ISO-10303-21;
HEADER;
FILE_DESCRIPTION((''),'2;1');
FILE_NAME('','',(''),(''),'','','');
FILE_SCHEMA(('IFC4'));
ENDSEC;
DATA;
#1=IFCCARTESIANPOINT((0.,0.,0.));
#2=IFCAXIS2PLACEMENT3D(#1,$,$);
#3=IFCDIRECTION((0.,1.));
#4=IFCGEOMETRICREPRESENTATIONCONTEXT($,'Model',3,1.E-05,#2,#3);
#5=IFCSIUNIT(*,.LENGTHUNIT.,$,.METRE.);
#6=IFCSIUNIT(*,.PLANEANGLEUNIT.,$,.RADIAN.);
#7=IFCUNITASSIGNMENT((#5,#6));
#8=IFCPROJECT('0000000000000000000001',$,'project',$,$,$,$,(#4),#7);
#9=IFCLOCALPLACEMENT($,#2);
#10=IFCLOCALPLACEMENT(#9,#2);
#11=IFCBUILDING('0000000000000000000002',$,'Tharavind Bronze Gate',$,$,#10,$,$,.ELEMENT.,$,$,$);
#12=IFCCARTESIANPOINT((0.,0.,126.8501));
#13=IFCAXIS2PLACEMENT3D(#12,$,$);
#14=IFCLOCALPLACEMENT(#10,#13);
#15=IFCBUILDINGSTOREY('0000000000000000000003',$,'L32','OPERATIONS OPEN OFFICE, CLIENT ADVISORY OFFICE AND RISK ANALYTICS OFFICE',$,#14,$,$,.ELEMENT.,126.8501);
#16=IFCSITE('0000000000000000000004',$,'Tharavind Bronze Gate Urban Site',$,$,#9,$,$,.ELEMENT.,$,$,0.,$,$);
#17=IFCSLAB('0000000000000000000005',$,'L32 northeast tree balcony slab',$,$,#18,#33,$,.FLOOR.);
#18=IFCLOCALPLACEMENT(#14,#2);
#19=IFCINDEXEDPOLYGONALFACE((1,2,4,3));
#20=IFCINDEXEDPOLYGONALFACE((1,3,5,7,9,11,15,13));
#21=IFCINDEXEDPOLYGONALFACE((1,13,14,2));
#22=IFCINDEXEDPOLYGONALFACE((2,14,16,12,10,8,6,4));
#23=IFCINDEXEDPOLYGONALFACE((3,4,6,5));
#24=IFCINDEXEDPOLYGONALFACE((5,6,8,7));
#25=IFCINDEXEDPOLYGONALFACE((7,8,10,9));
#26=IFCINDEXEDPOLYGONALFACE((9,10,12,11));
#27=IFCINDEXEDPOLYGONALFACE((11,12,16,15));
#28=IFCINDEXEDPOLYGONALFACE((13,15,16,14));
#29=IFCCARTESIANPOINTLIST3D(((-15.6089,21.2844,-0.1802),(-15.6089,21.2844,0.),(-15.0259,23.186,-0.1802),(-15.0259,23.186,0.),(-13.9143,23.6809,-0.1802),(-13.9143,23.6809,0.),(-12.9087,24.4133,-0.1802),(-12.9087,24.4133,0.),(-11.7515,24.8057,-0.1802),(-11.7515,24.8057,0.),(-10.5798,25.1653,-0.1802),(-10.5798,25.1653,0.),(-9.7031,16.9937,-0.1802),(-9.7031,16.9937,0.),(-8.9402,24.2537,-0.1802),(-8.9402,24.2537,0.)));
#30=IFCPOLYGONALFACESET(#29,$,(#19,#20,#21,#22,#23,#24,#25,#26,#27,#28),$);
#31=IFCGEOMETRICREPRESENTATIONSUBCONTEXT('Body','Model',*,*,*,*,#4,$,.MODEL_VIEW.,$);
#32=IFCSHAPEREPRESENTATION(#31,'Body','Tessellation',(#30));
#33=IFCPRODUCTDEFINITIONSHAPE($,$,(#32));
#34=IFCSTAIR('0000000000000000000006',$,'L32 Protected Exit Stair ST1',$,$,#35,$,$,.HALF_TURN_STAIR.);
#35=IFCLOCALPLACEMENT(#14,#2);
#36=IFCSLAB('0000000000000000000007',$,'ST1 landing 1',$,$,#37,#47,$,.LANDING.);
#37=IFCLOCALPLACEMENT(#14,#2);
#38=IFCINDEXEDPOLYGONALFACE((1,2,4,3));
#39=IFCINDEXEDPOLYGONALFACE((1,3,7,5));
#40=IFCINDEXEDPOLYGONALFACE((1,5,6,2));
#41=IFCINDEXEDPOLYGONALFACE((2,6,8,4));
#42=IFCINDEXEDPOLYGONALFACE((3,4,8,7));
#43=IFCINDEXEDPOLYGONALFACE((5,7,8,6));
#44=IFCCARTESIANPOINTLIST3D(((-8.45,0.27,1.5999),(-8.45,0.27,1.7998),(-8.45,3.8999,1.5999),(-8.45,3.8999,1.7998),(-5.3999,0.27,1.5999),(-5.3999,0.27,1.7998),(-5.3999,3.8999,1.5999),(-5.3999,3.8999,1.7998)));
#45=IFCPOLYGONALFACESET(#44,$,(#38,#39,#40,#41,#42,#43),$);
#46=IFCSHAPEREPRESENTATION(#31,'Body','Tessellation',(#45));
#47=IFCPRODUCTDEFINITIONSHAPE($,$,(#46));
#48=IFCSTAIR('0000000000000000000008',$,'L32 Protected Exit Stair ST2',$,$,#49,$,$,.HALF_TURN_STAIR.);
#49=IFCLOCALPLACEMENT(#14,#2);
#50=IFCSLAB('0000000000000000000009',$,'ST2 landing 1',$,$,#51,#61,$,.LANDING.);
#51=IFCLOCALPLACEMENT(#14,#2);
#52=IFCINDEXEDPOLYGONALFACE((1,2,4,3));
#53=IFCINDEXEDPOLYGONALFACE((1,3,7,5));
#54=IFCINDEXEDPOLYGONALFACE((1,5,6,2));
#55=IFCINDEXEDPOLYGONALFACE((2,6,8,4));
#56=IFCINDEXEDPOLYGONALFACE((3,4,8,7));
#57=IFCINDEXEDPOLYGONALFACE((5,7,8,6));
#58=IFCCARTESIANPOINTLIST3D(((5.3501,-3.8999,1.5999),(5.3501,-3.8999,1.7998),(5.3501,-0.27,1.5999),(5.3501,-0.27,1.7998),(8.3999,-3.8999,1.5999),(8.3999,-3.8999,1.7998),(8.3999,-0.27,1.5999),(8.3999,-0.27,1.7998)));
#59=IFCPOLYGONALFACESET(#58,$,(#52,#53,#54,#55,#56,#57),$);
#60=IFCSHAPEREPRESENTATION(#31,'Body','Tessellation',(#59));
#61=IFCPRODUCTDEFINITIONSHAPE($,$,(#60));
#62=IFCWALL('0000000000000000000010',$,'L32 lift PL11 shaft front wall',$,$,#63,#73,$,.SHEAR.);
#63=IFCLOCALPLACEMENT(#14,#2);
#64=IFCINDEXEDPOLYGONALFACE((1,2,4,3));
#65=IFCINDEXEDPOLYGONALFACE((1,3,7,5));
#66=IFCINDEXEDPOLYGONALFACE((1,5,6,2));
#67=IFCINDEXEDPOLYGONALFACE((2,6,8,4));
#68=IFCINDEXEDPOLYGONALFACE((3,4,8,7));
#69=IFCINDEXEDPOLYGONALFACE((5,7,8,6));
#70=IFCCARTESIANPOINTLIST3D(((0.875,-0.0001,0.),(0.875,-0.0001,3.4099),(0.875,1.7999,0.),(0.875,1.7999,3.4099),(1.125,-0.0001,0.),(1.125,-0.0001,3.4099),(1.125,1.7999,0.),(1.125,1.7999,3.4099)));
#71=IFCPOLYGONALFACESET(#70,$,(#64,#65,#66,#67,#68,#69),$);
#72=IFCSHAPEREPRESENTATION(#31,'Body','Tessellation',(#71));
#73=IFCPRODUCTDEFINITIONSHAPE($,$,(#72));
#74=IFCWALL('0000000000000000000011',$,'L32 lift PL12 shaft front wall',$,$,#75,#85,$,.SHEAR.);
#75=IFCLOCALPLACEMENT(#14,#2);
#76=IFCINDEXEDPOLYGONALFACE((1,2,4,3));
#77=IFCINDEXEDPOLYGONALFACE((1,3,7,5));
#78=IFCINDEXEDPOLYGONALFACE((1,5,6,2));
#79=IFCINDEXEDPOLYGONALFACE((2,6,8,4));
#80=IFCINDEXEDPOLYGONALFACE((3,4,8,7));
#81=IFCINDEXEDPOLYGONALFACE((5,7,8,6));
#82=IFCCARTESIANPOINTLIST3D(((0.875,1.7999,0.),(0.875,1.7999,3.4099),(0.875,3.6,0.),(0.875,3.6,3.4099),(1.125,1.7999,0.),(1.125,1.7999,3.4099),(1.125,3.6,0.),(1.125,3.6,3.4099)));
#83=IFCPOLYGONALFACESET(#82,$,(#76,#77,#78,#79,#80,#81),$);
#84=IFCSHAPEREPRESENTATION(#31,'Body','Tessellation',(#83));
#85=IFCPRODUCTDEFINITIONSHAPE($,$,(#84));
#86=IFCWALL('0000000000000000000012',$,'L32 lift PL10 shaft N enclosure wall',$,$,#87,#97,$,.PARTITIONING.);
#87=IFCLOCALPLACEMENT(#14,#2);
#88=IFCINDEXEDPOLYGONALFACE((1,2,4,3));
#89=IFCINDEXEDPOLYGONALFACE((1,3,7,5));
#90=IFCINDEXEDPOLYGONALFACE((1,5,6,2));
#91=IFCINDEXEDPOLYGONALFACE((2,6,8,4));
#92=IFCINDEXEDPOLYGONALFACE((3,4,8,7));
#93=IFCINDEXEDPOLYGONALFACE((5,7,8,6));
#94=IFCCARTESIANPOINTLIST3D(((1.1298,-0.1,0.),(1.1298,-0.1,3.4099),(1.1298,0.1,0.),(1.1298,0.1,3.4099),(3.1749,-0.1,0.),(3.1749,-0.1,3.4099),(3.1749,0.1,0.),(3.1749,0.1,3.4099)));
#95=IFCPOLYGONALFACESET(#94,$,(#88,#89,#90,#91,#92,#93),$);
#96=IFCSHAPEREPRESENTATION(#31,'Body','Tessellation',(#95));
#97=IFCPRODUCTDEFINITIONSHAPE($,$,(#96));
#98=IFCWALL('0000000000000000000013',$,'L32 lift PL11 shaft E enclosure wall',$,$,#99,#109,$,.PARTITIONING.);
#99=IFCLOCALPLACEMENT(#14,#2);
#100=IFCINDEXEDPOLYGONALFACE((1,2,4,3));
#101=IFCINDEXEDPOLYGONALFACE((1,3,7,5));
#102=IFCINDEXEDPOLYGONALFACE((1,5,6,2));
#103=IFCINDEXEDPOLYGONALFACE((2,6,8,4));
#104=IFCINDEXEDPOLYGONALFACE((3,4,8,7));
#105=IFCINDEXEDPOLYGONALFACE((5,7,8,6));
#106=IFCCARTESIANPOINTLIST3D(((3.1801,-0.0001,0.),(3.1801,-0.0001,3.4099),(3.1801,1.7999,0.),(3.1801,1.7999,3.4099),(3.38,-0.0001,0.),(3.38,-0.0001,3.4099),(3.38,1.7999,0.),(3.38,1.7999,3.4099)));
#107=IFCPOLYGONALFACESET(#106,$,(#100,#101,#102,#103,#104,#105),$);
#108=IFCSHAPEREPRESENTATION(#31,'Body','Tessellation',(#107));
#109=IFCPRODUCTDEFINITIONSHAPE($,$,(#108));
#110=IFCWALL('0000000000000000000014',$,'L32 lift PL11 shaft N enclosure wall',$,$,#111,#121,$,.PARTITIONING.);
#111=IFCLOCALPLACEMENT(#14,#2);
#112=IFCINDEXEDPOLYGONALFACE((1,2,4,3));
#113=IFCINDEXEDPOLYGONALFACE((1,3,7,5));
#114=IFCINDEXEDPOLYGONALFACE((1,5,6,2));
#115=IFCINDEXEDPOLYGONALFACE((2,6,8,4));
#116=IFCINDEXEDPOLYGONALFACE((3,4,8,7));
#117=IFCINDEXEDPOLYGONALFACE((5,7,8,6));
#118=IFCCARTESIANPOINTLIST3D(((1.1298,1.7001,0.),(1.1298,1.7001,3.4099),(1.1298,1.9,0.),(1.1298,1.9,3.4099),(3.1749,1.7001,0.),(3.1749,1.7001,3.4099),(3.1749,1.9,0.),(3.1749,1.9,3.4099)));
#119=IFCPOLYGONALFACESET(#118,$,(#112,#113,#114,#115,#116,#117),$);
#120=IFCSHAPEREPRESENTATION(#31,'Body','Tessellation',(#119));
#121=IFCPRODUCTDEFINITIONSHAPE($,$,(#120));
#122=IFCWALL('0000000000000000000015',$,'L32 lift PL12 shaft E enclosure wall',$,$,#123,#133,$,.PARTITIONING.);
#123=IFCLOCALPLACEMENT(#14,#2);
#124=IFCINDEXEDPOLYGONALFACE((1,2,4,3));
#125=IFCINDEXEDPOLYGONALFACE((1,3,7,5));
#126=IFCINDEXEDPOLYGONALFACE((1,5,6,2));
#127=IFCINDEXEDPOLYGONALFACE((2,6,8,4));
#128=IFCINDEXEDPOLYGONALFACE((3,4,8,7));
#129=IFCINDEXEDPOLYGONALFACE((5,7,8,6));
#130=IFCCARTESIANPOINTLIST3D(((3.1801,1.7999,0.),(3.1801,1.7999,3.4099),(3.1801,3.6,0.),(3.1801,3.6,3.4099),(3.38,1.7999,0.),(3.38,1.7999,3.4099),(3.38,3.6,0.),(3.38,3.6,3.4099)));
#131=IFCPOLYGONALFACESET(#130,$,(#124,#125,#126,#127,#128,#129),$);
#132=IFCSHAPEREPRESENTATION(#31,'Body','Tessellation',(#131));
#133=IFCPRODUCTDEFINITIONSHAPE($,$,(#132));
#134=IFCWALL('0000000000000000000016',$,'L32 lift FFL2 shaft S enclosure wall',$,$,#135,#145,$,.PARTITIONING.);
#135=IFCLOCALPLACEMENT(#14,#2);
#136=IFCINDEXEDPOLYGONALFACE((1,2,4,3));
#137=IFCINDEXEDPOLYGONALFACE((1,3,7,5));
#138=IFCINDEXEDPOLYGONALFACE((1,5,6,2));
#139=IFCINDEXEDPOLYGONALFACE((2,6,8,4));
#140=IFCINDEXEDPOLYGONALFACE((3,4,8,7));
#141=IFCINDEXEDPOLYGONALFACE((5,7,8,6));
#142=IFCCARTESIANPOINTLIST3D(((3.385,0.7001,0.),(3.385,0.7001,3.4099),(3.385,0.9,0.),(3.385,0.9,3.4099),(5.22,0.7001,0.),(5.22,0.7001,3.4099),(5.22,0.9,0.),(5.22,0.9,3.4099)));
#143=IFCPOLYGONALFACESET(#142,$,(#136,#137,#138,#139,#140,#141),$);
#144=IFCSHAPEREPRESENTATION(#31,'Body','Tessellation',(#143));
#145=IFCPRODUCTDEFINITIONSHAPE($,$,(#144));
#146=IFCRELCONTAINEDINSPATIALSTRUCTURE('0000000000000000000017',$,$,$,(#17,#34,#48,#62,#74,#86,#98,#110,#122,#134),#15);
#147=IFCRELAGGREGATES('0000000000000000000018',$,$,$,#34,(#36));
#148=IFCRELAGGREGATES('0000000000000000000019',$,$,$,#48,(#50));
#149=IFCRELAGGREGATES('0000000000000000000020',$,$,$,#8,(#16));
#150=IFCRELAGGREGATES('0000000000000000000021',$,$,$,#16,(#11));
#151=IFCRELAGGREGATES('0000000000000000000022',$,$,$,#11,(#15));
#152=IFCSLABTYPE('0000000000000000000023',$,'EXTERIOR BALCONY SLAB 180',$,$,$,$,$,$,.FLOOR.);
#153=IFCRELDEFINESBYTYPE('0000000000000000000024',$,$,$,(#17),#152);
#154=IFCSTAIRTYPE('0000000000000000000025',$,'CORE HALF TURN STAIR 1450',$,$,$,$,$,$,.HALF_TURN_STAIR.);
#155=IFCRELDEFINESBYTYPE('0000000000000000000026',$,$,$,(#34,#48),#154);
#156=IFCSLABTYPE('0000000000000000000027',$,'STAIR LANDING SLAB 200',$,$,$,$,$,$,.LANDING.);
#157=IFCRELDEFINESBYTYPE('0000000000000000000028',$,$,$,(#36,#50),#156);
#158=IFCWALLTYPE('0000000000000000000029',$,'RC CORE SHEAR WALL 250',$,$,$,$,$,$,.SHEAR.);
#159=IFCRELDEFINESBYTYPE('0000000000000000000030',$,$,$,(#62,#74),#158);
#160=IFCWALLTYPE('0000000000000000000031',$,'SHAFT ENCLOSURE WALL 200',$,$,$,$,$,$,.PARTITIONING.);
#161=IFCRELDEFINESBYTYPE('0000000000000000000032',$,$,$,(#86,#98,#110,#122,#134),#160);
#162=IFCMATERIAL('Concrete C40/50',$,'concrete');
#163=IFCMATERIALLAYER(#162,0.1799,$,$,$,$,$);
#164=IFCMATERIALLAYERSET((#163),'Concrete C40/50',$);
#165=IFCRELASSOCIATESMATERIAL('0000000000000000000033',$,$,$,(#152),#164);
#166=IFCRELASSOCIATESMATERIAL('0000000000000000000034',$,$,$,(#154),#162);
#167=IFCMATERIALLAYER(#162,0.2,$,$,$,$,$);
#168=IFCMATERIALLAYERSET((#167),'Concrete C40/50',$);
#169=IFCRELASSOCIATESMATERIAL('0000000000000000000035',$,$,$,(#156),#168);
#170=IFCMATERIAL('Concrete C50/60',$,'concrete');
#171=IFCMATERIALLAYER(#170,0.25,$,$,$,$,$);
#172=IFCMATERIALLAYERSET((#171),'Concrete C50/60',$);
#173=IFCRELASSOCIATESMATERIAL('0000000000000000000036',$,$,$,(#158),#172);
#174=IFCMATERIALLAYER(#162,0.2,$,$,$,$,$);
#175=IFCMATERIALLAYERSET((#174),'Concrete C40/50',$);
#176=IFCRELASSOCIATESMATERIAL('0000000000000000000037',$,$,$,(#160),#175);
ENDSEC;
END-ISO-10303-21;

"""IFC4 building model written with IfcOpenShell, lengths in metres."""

from ifc_helpers import new_model, si_unit, direction, frame, frame_2d, origin, place, context, subcontext, project, spatial, polyline, rectangle, outline, extrude, material, layer, layer_set, type_object, element, aggregate, save


model = new_model("IFC4")

# Units and contexts
model_context = context("Model", 3, precision=1e-05, world=origin(), true_north=direction((0.0, 1.0)))
body_context = subcontext(model_context, "Body", "Model", "MODEL_VIEW")
ifc_project = project(units=[si_unit("LENGTHUNIT", "METRE"), si_unit("PLANEANGLEUNIT", "RADIAN")], contexts=[model_context])

# Site, building, storey
site_placement = place(None, origin())
site = spatial("IfcSite", under=ifc_project, at=site_placement, Name="Tharavind Bronze Gate Urban Site", CompositionType="ELEMENT", RefElevation=0.0)
building_placement = place(site_placement, origin())
building = spatial("IfcBuilding", under=site, at=building_placement, Name="Tharavind Bronze Gate", CompositionType="ELEMENT")
storey_placement = place(building_placement, frame((0.0, 0.0, 126.8501)))
storey = spatial("IfcBuildingStorey", under=building, at=storey_placement, Name="L32", Description="OPERATIONS OPEN OFFICE, CLIENT ADVISORY OFFICE AND RISK ANALYTICS OFFICE", CompositionType="ELEMENT", Elevation=126.8501)

# Slab
ifc_material_1 = material(Name="Concrete C40/50", Category="concrete")
ifc_layer_1 = layer(ifc_material_1, 0.1799)
ifc_layer_set_1 = layer_set([ifc_layer_1], Name="Concrete C40/50")
slab_type_1 = type_object("IfcSlabType", Name="EXTERIOR BALCONY SLAB 180", PredefinedType="FLOOR", material=ifc_layer_set_1)
slab_1_placement = place(storey_placement, frame((0.0, 0.0, -0.1802)))
element("IfcSlab", 1, at=slab_1_placement, inside=storey, type_object=slab_type_1, Name="L32 northeast tree balcony slab", PredefinedType="FLOOR", context=body_context, shape_type="SweptSolid", body=[
    extrude(outline(polyline([(-10.5798, 25.1653), (-11.7515, 24.8057), (-12.9087, 24.4133), (-13.9143, 23.6809), (-15.0259, 23.186), (-15.6089, 21.2844), (-9.7031, 16.9937), (-8.9402, 24.2537), (-10.5798, 25.1653)])), origin(), (0.0, 0.0, 1.0), 0.1802),
])

# Stairs, slabs
stair_type = type_object("IfcStairType", Name="CORE HALF TURN STAIR 1450", PredefinedType="HALF_TURN_STAIR", material=ifc_material_1)
stair_1_placement = place(storey_placement, origin())
stair_1 = element("IfcStair", 2, at=stair_1_placement, inside=storey, type_object=stair_type, Name="L32 Protected Exit Stair ST1", PredefinedType="HALF_TURN_STAIR")
ifc_layer_2 = layer(ifc_material_1, 0.2)
ifc_layer_set_2 = layer_set([ifc_layer_2], Name="Concrete C40/50")
slab_type_2 = type_object("IfcSlabType", Name="STAIR LANDING SLAB 200", PredefinedType="LANDING", material=ifc_layer_set_2)
slab_2_placement = place(storey_placement, frame((0.0, 0.0, 1.5999)))
slab_2 = element("IfcSlab", 3, at=slab_2_placement, type_object=slab_type_2, Name="ST1 landing 1", PredefinedType="LANDING", context=body_context, shape_type="SweptSolid", body=[
    extrude(outline(polyline([(-5.3999, 0.27), (-5.3999, 3.8999), (-8.45, 3.8999), (-8.45, 0.27), (-5.3999, 0.27)])), origin(), (0.0, 0.0, 1.0), 0.2),
])
aggregate(stair_1, [slab_2])
stair_2_placement = place(storey_placement, origin())
stair_2 = element("IfcStair", 4, at=stair_2_placement, inside=storey, type_object=stair_type, Name="L32 Protected Exit Stair ST2", PredefinedType="HALF_TURN_STAIR")
slab_3_placement = place(storey_placement, frame((0.0, 0.0, 1.5999)))
slab_3 = element("IfcSlab", 5, at=slab_3_placement, type_object=slab_type_2, Name="ST2 landing 1", PredefinedType="LANDING", context=body_context, shape_type="SweptSolid", body=[
    extrude(outline(polyline([(5.3501, -0.27), (5.3501, -3.8999), (8.3999, -3.8999), (8.3999, -0.27), (5.3501, -0.27)])), origin(), (0.0, 0.0, 1.0), 0.2),
])
aggregate(stair_2, [slab_3])

# Walls
ifc_material_2 = material(Name="Concrete C50/60", Category="concrete")
ifc_layer_3 = layer(ifc_material_2, 0.25)
ifc_layer_set_3 = layer_set([ifc_layer_3], Name="Concrete C50/60")
wall_type_1 = type_object("IfcWallType", Name="RC CORE SHEAR WALL 250", PredefinedType="SHEAR", material=ifc_layer_set_3)
for number, where, z_axis, x_axis, name in (
    (6, (1.0, 0.0, 0.0), (0.0, 0.0, 1.0), (0.0, 1.0, 0.0), "L32 lift PL11 shaft front wall"),
    (7, (1.0, 1.8, 0.0), (0.0, 0.0, 1.0), (0.0, 1.0, 0.0), "L32 lift PL12 shaft front wall"),
):
    element("IfcWall", number, at=place(storey_placement, frame(where, z_axis=z_axis, x_axis=x_axis)), inside=storey, type_object=wall_type_1, Name=name, PredefinedType="SHEAR", context=body_context, shape_type="SweptSolid", body=[
        extrude(rectangle(XDim=1.8, YDim=0.25, at=frame_2d((0.8999, 0.0))), origin(), (0.0, 0.0, 1.0), 3.4099),
    ])
ifc_layer_4 = layer(ifc_material_1, 0.2)
ifc_layer_set_4 = layer_set([ifc_layer_4], Name="Concrete C40/50")
wall_type_2 = type_object("IfcWallType", Name="SHAFT ENCLOSURE WALL 200", PredefinedType="PARTITIONING", material=ifc_layer_set_4)
wall_1_placement = place(storey_placement, frame((1.1299, 0.0, 0.0), z_axis=(0.0, 0.0, 1.0), x_axis=(1.0, 0.0, 0.0)))
element("IfcWall", 8, at=wall_1_placement, inside=storey, type_object=wall_type_2, Name="L32 lift PL10 shaft N enclosure wall", PredefinedType="PARTITIONING", context=body_context, shape_type="SweptSolid", body=[
    extrude(rectangle(XDim=2.0452, YDim=0.2, at=frame_2d((1.0225, 0.0))), origin(), (0.0, 0.0, 1.0), 3.4099),
])
wall_2_placement = place(storey_placement, frame((3.28, 0.0, 0.0), z_axis=(0.0, 0.0, 1.0), x_axis=(0.0, 1.0, 0.0)))
element("IfcWall", 9, at=wall_2_placement, inside=storey, type_object=wall_type_2, Name="L32 lift PL11 shaft E enclosure wall", PredefinedType="PARTITIONING", context=body_context, shape_type="SweptSolid", body=[
    extrude(rectangle(XDim=1.8, YDim=0.2, at=frame_2d((0.8999, 0.0))), origin(), (0.0, 0.0, 1.0), 3.4099),
])
wall_3_placement = place(storey_placement, frame((1.1299, 1.8, 0.0), z_axis=(0.0, 0.0, 1.0), x_axis=(1.0, 0.0, 0.0)))
element("IfcWall", 10, at=wall_3_placement, inside=storey, type_object=wall_type_2, Name="L32 lift PL11 shaft N enclosure wall", PredefinedType="PARTITIONING", context=body_context, shape_type="SweptSolid", body=[
    extrude(rectangle(XDim=2.0452, YDim=0.2, at=frame_2d((1.0225, 0.0))), origin(), (0.0, 0.0, 1.0), 3.4099),
])
wall_4_placement = place(storey_placement, frame((3.28, 1.8, 0.0), z_axis=(0.0, 0.0, 1.0), x_axis=(0.0, 1.0, 0.0)))
element("IfcWall", 11, at=wall_4_placement, inside=storey, type_object=wall_type_2, Name="L32 lift PL12 shaft E enclosure wall", PredefinedType="PARTITIONING", context=body_context, shape_type="SweptSolid", body=[
    extrude(rectangle(XDim=1.8, YDim=0.2, at=frame_2d((0.8999, 0.0))), origin(), (0.0, 0.0, 1.0), 3.4099),
])
wall_5_placement = place(storey_placement, frame((3.385, 0.8, 0.0), z_axis=(0.0, 0.0, 1.0), x_axis=(1.0, 0.0, 0.0)))
element("IfcWall", 12, at=wall_5_placement, inside=storey, type_object=wall_type_2, Name="L32 lift FFL2 shaft S enclosure wall", PredefinedType="PARTITIONING", context=body_context, shape_type="SweptSolid", body=[
    extrude(rectangle(XDim=1.835, YDim=0.2, at=frame_2d((0.9175, 0.0))), origin(), (0.0, 0.0, 1.0), 3.4099),
])

save(model, "model.ifc")
